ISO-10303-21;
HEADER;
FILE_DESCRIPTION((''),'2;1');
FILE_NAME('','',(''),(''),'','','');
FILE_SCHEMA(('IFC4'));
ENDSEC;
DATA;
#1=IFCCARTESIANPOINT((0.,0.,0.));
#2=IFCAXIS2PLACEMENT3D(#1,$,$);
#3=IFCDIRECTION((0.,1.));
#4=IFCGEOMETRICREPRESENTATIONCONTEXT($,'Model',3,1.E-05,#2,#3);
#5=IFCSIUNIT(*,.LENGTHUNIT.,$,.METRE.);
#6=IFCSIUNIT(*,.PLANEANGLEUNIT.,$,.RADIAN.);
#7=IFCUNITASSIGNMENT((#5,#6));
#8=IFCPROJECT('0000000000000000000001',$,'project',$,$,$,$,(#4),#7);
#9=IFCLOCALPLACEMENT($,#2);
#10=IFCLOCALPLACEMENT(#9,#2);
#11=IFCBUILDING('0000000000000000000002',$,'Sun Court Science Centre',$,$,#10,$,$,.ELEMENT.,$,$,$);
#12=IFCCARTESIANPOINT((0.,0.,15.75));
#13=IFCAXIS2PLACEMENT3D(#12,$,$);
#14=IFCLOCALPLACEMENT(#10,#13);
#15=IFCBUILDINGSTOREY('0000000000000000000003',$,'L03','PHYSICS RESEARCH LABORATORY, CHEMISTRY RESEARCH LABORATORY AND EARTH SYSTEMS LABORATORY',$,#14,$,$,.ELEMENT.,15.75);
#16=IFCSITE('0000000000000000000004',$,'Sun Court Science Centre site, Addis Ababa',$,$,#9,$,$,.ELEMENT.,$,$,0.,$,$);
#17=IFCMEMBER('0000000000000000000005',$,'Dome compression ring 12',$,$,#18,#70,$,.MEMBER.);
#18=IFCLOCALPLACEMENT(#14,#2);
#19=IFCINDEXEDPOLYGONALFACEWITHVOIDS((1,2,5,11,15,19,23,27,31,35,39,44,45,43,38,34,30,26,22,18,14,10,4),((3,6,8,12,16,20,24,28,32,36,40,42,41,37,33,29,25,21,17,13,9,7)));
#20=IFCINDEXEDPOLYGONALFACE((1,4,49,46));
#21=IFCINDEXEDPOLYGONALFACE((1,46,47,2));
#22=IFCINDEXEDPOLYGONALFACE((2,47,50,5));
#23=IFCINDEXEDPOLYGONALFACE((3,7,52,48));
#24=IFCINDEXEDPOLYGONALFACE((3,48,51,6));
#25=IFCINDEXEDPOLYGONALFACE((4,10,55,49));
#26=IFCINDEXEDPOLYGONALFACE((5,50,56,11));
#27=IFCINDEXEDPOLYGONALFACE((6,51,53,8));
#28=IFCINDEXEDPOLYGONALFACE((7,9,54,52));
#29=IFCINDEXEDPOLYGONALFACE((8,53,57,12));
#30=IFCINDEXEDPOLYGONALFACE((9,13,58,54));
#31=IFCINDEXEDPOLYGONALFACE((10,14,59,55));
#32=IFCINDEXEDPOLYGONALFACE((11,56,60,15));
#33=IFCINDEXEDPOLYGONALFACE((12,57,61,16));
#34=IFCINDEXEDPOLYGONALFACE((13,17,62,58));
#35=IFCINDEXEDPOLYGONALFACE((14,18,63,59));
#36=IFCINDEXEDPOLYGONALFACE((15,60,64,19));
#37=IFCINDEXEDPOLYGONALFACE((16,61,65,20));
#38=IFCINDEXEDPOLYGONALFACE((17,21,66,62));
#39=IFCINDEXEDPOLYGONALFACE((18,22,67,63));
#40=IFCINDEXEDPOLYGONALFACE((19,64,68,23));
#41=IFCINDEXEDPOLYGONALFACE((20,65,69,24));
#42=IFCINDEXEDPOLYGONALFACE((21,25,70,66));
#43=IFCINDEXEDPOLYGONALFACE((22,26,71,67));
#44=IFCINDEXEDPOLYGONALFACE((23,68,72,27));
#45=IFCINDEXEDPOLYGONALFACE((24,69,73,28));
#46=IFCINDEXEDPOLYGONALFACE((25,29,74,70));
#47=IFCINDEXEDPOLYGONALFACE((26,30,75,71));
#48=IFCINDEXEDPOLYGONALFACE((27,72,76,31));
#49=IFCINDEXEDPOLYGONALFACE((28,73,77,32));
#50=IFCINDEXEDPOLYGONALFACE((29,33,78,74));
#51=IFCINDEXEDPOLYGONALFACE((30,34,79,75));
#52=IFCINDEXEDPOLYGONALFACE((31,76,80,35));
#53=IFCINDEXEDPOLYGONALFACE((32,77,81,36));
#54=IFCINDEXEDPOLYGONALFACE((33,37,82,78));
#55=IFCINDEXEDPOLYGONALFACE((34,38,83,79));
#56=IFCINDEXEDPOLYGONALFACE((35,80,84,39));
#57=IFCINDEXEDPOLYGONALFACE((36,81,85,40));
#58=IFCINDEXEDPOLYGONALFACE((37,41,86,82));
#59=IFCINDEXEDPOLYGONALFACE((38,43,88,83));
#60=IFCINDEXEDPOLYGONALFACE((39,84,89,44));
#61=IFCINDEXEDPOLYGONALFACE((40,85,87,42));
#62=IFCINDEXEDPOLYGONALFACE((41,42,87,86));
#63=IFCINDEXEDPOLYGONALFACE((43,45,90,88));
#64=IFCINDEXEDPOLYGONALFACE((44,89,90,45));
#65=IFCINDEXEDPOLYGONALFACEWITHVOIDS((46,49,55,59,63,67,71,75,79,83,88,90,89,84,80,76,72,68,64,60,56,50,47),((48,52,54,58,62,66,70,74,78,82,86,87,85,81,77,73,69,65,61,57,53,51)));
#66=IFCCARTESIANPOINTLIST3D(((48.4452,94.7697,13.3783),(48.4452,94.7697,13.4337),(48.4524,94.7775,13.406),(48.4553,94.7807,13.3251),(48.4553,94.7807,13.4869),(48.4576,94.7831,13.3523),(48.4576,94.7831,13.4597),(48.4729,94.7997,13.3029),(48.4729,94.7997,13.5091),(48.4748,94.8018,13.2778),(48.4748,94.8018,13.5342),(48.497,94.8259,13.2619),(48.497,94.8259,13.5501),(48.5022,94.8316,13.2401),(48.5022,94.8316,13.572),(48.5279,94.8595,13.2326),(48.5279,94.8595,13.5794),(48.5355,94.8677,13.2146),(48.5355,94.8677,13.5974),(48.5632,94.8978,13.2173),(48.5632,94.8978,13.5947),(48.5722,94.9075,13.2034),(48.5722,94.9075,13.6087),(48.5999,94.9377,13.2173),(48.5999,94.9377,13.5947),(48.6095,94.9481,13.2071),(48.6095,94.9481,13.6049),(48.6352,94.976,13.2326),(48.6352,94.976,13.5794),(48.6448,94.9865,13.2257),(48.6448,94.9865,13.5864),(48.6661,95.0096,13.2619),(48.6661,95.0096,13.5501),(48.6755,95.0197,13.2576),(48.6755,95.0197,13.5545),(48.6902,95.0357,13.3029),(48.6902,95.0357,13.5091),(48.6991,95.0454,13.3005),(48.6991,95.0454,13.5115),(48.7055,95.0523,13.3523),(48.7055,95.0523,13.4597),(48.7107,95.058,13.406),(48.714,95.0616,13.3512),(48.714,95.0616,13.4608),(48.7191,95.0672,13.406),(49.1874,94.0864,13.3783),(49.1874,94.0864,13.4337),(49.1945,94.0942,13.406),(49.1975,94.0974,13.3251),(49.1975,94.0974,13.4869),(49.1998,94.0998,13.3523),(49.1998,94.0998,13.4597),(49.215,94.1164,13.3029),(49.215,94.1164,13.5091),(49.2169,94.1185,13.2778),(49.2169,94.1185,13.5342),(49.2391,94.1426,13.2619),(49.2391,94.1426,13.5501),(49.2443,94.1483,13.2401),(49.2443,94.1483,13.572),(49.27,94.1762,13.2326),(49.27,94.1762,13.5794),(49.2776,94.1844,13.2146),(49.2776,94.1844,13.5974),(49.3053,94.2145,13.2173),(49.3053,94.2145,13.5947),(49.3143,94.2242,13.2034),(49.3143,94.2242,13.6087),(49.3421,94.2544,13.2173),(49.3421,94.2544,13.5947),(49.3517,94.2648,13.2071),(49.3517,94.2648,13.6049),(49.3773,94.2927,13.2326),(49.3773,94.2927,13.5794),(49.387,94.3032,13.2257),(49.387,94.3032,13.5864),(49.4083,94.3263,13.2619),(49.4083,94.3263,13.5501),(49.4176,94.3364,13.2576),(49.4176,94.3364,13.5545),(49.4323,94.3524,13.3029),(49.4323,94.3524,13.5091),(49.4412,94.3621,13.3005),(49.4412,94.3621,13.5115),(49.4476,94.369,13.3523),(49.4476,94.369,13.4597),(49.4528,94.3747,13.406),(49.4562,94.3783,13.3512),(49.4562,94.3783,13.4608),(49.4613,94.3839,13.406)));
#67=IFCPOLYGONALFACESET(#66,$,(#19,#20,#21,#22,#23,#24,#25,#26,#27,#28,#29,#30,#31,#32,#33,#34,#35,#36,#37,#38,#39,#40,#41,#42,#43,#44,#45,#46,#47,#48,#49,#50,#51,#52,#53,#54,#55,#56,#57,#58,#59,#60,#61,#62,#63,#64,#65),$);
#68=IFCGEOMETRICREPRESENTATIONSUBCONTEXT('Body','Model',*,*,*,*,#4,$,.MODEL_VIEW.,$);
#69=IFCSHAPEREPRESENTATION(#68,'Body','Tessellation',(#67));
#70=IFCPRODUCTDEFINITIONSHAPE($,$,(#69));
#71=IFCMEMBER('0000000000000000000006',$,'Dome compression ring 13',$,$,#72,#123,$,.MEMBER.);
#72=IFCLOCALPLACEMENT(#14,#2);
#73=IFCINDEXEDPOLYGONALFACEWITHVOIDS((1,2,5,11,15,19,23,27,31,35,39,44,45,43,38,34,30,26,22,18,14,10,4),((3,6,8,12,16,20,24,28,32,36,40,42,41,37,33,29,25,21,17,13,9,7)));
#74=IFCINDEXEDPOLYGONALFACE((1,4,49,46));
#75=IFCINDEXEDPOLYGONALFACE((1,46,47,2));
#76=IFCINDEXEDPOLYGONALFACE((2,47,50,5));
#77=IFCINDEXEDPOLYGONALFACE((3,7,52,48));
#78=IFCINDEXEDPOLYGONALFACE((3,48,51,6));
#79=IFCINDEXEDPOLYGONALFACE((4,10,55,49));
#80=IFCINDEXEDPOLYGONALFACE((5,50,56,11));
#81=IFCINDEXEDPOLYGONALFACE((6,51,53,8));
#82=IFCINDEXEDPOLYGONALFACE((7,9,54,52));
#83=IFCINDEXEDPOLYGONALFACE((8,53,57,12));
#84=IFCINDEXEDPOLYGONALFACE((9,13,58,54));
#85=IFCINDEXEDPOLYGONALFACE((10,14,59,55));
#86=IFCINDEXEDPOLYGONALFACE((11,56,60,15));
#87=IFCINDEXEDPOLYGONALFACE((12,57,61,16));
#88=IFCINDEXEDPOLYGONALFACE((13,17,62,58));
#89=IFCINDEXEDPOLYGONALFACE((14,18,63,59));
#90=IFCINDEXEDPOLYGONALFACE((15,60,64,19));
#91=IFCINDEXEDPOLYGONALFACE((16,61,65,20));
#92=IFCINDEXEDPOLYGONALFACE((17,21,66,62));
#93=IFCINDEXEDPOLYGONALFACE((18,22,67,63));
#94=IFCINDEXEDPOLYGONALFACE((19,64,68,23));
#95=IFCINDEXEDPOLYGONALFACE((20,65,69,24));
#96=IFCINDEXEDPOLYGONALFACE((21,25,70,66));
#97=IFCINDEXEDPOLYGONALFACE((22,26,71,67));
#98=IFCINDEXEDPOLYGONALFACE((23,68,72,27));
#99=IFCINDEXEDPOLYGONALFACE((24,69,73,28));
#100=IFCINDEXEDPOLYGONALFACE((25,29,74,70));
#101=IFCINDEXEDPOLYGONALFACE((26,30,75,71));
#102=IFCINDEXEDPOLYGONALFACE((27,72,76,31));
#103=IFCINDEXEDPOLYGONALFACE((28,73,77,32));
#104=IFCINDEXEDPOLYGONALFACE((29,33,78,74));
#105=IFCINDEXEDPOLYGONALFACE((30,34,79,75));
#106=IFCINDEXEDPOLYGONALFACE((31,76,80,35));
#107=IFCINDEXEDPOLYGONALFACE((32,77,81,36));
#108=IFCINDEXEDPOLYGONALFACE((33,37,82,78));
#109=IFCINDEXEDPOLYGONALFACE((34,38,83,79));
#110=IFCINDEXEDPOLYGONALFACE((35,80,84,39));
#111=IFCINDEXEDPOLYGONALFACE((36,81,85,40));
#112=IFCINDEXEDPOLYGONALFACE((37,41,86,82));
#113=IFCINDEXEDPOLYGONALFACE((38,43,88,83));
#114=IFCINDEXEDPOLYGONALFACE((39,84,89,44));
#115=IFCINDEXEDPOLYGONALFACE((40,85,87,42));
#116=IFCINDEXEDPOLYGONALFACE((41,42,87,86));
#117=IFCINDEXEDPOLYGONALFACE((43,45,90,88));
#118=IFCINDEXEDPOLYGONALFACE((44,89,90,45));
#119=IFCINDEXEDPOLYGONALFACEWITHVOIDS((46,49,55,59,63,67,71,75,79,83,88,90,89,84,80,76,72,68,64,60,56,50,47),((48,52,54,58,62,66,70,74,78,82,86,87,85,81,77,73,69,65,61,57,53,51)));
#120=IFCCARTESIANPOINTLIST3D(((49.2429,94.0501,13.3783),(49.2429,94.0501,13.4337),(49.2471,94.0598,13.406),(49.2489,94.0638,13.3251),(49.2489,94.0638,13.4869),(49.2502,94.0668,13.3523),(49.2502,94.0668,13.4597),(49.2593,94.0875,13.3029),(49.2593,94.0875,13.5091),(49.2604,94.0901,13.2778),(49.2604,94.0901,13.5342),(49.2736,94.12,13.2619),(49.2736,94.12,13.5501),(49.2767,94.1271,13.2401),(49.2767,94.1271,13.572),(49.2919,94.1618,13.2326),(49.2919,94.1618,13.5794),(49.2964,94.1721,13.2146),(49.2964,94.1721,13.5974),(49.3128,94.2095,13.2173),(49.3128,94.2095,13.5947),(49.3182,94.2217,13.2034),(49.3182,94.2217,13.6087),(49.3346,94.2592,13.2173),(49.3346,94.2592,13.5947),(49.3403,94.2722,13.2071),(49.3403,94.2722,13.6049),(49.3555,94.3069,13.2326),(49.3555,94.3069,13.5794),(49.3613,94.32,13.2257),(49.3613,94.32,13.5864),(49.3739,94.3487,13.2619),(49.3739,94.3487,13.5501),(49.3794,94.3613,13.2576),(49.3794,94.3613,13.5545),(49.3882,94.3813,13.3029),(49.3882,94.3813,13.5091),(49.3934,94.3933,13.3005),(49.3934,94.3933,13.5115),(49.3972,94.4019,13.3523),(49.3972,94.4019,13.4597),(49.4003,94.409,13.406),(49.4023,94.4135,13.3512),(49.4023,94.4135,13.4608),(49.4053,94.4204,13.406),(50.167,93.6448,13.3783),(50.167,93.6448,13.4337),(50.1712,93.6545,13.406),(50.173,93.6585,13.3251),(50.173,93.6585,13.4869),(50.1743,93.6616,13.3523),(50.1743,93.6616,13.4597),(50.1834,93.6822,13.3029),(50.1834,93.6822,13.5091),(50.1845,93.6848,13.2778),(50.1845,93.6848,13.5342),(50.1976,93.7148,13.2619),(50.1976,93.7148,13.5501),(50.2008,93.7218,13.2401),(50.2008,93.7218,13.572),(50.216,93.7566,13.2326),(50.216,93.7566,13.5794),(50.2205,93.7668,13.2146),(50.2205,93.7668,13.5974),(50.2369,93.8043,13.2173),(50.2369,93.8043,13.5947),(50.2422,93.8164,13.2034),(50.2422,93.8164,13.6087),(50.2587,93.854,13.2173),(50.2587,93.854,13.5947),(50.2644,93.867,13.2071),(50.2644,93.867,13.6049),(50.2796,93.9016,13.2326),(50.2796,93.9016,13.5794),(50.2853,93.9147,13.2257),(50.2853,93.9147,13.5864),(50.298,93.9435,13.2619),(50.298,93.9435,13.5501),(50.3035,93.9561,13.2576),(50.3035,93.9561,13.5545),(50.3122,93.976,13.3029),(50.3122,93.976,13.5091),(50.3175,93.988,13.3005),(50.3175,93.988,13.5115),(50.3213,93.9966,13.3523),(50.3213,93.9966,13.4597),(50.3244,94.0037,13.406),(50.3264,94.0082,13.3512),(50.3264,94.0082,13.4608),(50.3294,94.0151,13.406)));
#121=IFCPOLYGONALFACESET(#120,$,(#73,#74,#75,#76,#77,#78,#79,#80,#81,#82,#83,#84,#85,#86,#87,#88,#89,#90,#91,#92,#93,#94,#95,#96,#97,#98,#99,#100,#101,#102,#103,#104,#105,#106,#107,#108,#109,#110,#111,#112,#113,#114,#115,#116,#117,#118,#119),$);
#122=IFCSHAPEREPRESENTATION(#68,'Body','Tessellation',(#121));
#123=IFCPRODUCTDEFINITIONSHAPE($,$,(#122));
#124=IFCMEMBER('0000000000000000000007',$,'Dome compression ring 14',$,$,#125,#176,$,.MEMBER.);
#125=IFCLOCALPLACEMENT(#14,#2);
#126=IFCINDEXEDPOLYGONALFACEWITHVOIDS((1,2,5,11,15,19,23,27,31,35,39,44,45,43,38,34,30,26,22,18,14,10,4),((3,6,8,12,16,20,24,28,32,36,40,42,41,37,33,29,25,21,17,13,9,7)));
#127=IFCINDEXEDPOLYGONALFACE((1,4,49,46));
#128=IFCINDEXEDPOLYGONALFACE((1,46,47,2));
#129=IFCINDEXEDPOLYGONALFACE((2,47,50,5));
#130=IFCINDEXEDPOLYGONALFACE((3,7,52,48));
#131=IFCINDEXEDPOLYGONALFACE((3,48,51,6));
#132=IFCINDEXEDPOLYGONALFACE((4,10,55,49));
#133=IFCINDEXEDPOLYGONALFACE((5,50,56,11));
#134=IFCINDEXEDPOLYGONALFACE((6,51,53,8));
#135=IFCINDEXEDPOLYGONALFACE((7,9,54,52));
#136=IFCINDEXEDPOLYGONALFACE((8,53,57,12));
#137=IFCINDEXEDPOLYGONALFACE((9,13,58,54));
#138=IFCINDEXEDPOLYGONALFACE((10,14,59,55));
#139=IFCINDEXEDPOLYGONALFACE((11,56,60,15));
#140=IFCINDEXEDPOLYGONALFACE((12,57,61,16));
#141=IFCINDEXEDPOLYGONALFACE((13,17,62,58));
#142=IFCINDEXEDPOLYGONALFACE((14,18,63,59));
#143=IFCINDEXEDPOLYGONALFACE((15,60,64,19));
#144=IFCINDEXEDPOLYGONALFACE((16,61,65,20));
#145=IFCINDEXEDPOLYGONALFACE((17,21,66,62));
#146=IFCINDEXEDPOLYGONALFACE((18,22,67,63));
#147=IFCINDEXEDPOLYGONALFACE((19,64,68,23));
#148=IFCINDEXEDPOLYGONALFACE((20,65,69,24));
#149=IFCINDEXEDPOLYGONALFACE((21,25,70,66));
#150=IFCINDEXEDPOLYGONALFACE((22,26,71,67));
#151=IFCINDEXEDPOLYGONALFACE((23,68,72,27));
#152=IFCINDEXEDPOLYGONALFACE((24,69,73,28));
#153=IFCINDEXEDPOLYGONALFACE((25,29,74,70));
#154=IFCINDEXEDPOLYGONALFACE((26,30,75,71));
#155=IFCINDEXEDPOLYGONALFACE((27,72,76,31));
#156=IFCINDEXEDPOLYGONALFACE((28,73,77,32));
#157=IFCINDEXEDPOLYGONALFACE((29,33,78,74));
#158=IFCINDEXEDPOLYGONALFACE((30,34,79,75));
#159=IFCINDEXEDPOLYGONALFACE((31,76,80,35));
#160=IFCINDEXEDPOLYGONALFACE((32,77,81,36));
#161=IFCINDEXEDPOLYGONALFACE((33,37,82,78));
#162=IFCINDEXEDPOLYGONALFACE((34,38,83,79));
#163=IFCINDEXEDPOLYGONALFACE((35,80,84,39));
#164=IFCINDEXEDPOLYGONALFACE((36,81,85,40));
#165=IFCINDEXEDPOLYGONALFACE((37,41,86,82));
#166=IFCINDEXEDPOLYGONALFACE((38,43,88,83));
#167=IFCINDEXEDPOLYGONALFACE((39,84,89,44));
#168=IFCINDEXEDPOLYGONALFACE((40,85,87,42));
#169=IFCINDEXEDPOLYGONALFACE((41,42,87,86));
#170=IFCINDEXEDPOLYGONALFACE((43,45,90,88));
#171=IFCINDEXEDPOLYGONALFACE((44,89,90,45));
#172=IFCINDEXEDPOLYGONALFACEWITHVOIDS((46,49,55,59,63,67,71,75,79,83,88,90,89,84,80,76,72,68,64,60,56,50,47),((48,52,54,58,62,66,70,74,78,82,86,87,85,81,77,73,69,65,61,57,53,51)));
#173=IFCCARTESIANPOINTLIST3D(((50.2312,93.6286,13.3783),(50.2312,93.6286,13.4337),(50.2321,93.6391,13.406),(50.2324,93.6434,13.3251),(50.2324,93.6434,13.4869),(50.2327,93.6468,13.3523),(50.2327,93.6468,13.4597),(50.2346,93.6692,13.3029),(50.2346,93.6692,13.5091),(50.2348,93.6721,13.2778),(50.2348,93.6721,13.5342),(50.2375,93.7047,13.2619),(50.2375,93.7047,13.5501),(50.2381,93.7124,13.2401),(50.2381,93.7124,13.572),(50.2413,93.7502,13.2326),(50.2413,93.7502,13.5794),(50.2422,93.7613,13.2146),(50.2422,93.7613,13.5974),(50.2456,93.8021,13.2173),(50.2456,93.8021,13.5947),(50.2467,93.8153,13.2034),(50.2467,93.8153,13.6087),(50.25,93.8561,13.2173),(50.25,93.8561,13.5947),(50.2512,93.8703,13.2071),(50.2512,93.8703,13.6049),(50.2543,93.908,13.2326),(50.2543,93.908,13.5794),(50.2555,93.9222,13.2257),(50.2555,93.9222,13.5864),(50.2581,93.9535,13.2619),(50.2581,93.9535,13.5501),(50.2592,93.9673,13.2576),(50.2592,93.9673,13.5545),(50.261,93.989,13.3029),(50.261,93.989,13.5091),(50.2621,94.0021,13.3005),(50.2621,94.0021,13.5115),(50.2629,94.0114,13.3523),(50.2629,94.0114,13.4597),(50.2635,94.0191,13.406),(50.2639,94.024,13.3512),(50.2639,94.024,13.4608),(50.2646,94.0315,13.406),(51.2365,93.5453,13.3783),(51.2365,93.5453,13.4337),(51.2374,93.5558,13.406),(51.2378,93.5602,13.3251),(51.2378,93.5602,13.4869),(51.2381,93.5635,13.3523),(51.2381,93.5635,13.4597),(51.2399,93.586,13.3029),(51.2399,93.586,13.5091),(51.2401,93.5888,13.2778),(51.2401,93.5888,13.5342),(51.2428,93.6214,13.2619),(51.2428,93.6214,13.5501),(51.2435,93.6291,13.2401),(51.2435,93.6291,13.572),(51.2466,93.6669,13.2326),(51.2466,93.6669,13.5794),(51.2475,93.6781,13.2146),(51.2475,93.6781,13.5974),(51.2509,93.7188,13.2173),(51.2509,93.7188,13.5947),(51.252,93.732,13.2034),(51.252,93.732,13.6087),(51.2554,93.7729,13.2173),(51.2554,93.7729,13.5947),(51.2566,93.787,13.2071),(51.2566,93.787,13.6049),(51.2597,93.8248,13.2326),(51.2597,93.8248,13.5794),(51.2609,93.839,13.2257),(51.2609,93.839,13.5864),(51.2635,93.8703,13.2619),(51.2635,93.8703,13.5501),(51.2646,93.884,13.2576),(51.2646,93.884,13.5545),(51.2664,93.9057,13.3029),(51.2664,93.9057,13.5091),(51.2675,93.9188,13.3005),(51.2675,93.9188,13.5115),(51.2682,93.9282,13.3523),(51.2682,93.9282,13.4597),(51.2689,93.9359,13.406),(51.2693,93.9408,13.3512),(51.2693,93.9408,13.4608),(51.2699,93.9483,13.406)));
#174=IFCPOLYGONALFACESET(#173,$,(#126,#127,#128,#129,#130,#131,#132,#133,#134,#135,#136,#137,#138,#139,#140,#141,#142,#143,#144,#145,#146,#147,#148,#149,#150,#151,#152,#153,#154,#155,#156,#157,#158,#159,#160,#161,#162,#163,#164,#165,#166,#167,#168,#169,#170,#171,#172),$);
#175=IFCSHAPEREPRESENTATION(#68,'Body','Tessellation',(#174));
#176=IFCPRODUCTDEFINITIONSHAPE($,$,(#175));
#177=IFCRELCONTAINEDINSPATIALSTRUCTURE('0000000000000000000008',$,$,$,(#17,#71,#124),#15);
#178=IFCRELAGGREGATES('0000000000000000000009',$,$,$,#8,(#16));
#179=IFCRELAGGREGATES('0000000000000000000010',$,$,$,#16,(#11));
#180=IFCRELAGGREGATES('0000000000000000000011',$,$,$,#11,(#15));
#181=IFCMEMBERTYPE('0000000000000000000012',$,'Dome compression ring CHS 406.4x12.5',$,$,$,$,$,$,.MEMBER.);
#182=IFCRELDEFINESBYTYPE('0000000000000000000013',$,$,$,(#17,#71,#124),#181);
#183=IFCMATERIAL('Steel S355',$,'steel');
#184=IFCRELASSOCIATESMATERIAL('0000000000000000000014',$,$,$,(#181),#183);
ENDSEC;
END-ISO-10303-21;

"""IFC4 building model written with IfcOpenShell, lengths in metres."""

from ifc_helpers import new_model, si_unit, direction, frame, origin, origin_2d, place, context, subcontext, project, spatial, hollow_circle, extrude, material, material_profile, profile_set, type_object, element, save


model = new_model("IFC4")

# Units and contexts
model_context = context("Model", 3, precision=1e-05, world=origin(), true_north=direction((0.0, 1.0)))
body_context = subcontext(model_context, "Body", "Model", "MODEL_VIEW")
ifc_project = project(units=[si_unit("LENGTHUNIT", "METRE"), si_unit("PLANEANGLEUNIT", "RADIAN")], contexts=[model_context])

# Site, building, storey
site_placement = place(None, origin())
site = spatial("IfcSite", under=ifc_project, at=site_placement, Name="Sun Court Science Centre site, Addis Ababa", CompositionType="ELEMENT", RefElevation=0.0)
building_placement = place(site_placement, origin())
building = spatial("IfcBuilding", under=site, at=building_placement, Name="Sun Court Science Centre", CompositionType="ELEMENT")
storey_placement = place(building_placement, frame((0.0, 0.0, 15.75)))
storey = spatial("IfcBuildingStorey", under=building, at=storey_placement, Name="L03", Description="PHYSICS RESEARCH LABORATORY, CHEMISTRY RESEARCH LABORATORY AND EARTH SYSTEMS LABORATORY", CompositionType="ELEMENT", Elevation=15.75)

# Members
ifc_material_1 = material(Name="Steel S355", Category="steel")
ifc_material_profile_1 = material_profile(ifc_material_1, hollow_circle(Radius=0.2031, WallThickness=0.0125, at=origin_2d()), Name="CHS 406.4x12.5")
ifc_profile_set_1 = profile_set([ifc_material_profile_1], Name="Steel S355")
member_type_1 = type_object("IfcMemberType", Name="Dome compression ring CHS 406.4x12.5", PredefinedType="MEMBER", material=ifc_profile_set_1)
member_1_placement = place(storey_placement, frame((48.5815, 94.9177, 13.406), z_axis=(0.735666, -0.677345, 0.0), x_axis=(0.677345, 0.735666, 0.0)))
element("IfcMember", 1, at=member_1_placement, inside=storey, type_object=member_type_1, Name="Dome compression ring 12", PredefinedType="MEMBER", context=body_context, shape_type="SweptSolid", body=[
    extrude(hollow_circle(Radius=0.2031, WallThickness=0.0125, at=origin_2d()), origin(), (0.0, 0.0, 1.0), 1.0088),
])
member_2_placement = place(storey_placement, frame((49.3237, 94.2344, 13.406), z_axis=(0.915796, -0.401644, 0.0), x_axis=(0.401644, 0.915796, 0.0)))
element("IfcMember", 2, at=member_2_placement, inside=storey, type_object=member_type_1, Name="Dome compression ring 13", PredefinedType="MEMBER", context=body_context, shape_type="SweptSolid", body=[
    extrude(hollow_circle(Radius=0.2031, WallThickness=0.0125, at=origin_2d()), origin(), (0.0, 0.0, 1.0), 1.009),
])
for number, where, z_axis, x_axis, name in (
    (3, (50.2478, 93.8291, 13.406), (0.996589, -0.082525, 0.0), (0.082525, 0.996589, 0.0), "Dome compression ring 14"),
):
    element("IfcMember", number, at=place(storey_placement, frame(where, z_axis=z_axis, x_axis=x_axis)), inside=storey, type_object=member_type_1, Name=name, PredefinedType="MEMBER", context=body_context, shape_type="SweptSolid", body=[
        extrude(hollow_circle(Radius=0.2031, WallThickness=0.0125, at=origin_2d()), origin(), (0.0, 0.0, 1.0), 1.0088),
    ])

save(model, "model.ifc")
